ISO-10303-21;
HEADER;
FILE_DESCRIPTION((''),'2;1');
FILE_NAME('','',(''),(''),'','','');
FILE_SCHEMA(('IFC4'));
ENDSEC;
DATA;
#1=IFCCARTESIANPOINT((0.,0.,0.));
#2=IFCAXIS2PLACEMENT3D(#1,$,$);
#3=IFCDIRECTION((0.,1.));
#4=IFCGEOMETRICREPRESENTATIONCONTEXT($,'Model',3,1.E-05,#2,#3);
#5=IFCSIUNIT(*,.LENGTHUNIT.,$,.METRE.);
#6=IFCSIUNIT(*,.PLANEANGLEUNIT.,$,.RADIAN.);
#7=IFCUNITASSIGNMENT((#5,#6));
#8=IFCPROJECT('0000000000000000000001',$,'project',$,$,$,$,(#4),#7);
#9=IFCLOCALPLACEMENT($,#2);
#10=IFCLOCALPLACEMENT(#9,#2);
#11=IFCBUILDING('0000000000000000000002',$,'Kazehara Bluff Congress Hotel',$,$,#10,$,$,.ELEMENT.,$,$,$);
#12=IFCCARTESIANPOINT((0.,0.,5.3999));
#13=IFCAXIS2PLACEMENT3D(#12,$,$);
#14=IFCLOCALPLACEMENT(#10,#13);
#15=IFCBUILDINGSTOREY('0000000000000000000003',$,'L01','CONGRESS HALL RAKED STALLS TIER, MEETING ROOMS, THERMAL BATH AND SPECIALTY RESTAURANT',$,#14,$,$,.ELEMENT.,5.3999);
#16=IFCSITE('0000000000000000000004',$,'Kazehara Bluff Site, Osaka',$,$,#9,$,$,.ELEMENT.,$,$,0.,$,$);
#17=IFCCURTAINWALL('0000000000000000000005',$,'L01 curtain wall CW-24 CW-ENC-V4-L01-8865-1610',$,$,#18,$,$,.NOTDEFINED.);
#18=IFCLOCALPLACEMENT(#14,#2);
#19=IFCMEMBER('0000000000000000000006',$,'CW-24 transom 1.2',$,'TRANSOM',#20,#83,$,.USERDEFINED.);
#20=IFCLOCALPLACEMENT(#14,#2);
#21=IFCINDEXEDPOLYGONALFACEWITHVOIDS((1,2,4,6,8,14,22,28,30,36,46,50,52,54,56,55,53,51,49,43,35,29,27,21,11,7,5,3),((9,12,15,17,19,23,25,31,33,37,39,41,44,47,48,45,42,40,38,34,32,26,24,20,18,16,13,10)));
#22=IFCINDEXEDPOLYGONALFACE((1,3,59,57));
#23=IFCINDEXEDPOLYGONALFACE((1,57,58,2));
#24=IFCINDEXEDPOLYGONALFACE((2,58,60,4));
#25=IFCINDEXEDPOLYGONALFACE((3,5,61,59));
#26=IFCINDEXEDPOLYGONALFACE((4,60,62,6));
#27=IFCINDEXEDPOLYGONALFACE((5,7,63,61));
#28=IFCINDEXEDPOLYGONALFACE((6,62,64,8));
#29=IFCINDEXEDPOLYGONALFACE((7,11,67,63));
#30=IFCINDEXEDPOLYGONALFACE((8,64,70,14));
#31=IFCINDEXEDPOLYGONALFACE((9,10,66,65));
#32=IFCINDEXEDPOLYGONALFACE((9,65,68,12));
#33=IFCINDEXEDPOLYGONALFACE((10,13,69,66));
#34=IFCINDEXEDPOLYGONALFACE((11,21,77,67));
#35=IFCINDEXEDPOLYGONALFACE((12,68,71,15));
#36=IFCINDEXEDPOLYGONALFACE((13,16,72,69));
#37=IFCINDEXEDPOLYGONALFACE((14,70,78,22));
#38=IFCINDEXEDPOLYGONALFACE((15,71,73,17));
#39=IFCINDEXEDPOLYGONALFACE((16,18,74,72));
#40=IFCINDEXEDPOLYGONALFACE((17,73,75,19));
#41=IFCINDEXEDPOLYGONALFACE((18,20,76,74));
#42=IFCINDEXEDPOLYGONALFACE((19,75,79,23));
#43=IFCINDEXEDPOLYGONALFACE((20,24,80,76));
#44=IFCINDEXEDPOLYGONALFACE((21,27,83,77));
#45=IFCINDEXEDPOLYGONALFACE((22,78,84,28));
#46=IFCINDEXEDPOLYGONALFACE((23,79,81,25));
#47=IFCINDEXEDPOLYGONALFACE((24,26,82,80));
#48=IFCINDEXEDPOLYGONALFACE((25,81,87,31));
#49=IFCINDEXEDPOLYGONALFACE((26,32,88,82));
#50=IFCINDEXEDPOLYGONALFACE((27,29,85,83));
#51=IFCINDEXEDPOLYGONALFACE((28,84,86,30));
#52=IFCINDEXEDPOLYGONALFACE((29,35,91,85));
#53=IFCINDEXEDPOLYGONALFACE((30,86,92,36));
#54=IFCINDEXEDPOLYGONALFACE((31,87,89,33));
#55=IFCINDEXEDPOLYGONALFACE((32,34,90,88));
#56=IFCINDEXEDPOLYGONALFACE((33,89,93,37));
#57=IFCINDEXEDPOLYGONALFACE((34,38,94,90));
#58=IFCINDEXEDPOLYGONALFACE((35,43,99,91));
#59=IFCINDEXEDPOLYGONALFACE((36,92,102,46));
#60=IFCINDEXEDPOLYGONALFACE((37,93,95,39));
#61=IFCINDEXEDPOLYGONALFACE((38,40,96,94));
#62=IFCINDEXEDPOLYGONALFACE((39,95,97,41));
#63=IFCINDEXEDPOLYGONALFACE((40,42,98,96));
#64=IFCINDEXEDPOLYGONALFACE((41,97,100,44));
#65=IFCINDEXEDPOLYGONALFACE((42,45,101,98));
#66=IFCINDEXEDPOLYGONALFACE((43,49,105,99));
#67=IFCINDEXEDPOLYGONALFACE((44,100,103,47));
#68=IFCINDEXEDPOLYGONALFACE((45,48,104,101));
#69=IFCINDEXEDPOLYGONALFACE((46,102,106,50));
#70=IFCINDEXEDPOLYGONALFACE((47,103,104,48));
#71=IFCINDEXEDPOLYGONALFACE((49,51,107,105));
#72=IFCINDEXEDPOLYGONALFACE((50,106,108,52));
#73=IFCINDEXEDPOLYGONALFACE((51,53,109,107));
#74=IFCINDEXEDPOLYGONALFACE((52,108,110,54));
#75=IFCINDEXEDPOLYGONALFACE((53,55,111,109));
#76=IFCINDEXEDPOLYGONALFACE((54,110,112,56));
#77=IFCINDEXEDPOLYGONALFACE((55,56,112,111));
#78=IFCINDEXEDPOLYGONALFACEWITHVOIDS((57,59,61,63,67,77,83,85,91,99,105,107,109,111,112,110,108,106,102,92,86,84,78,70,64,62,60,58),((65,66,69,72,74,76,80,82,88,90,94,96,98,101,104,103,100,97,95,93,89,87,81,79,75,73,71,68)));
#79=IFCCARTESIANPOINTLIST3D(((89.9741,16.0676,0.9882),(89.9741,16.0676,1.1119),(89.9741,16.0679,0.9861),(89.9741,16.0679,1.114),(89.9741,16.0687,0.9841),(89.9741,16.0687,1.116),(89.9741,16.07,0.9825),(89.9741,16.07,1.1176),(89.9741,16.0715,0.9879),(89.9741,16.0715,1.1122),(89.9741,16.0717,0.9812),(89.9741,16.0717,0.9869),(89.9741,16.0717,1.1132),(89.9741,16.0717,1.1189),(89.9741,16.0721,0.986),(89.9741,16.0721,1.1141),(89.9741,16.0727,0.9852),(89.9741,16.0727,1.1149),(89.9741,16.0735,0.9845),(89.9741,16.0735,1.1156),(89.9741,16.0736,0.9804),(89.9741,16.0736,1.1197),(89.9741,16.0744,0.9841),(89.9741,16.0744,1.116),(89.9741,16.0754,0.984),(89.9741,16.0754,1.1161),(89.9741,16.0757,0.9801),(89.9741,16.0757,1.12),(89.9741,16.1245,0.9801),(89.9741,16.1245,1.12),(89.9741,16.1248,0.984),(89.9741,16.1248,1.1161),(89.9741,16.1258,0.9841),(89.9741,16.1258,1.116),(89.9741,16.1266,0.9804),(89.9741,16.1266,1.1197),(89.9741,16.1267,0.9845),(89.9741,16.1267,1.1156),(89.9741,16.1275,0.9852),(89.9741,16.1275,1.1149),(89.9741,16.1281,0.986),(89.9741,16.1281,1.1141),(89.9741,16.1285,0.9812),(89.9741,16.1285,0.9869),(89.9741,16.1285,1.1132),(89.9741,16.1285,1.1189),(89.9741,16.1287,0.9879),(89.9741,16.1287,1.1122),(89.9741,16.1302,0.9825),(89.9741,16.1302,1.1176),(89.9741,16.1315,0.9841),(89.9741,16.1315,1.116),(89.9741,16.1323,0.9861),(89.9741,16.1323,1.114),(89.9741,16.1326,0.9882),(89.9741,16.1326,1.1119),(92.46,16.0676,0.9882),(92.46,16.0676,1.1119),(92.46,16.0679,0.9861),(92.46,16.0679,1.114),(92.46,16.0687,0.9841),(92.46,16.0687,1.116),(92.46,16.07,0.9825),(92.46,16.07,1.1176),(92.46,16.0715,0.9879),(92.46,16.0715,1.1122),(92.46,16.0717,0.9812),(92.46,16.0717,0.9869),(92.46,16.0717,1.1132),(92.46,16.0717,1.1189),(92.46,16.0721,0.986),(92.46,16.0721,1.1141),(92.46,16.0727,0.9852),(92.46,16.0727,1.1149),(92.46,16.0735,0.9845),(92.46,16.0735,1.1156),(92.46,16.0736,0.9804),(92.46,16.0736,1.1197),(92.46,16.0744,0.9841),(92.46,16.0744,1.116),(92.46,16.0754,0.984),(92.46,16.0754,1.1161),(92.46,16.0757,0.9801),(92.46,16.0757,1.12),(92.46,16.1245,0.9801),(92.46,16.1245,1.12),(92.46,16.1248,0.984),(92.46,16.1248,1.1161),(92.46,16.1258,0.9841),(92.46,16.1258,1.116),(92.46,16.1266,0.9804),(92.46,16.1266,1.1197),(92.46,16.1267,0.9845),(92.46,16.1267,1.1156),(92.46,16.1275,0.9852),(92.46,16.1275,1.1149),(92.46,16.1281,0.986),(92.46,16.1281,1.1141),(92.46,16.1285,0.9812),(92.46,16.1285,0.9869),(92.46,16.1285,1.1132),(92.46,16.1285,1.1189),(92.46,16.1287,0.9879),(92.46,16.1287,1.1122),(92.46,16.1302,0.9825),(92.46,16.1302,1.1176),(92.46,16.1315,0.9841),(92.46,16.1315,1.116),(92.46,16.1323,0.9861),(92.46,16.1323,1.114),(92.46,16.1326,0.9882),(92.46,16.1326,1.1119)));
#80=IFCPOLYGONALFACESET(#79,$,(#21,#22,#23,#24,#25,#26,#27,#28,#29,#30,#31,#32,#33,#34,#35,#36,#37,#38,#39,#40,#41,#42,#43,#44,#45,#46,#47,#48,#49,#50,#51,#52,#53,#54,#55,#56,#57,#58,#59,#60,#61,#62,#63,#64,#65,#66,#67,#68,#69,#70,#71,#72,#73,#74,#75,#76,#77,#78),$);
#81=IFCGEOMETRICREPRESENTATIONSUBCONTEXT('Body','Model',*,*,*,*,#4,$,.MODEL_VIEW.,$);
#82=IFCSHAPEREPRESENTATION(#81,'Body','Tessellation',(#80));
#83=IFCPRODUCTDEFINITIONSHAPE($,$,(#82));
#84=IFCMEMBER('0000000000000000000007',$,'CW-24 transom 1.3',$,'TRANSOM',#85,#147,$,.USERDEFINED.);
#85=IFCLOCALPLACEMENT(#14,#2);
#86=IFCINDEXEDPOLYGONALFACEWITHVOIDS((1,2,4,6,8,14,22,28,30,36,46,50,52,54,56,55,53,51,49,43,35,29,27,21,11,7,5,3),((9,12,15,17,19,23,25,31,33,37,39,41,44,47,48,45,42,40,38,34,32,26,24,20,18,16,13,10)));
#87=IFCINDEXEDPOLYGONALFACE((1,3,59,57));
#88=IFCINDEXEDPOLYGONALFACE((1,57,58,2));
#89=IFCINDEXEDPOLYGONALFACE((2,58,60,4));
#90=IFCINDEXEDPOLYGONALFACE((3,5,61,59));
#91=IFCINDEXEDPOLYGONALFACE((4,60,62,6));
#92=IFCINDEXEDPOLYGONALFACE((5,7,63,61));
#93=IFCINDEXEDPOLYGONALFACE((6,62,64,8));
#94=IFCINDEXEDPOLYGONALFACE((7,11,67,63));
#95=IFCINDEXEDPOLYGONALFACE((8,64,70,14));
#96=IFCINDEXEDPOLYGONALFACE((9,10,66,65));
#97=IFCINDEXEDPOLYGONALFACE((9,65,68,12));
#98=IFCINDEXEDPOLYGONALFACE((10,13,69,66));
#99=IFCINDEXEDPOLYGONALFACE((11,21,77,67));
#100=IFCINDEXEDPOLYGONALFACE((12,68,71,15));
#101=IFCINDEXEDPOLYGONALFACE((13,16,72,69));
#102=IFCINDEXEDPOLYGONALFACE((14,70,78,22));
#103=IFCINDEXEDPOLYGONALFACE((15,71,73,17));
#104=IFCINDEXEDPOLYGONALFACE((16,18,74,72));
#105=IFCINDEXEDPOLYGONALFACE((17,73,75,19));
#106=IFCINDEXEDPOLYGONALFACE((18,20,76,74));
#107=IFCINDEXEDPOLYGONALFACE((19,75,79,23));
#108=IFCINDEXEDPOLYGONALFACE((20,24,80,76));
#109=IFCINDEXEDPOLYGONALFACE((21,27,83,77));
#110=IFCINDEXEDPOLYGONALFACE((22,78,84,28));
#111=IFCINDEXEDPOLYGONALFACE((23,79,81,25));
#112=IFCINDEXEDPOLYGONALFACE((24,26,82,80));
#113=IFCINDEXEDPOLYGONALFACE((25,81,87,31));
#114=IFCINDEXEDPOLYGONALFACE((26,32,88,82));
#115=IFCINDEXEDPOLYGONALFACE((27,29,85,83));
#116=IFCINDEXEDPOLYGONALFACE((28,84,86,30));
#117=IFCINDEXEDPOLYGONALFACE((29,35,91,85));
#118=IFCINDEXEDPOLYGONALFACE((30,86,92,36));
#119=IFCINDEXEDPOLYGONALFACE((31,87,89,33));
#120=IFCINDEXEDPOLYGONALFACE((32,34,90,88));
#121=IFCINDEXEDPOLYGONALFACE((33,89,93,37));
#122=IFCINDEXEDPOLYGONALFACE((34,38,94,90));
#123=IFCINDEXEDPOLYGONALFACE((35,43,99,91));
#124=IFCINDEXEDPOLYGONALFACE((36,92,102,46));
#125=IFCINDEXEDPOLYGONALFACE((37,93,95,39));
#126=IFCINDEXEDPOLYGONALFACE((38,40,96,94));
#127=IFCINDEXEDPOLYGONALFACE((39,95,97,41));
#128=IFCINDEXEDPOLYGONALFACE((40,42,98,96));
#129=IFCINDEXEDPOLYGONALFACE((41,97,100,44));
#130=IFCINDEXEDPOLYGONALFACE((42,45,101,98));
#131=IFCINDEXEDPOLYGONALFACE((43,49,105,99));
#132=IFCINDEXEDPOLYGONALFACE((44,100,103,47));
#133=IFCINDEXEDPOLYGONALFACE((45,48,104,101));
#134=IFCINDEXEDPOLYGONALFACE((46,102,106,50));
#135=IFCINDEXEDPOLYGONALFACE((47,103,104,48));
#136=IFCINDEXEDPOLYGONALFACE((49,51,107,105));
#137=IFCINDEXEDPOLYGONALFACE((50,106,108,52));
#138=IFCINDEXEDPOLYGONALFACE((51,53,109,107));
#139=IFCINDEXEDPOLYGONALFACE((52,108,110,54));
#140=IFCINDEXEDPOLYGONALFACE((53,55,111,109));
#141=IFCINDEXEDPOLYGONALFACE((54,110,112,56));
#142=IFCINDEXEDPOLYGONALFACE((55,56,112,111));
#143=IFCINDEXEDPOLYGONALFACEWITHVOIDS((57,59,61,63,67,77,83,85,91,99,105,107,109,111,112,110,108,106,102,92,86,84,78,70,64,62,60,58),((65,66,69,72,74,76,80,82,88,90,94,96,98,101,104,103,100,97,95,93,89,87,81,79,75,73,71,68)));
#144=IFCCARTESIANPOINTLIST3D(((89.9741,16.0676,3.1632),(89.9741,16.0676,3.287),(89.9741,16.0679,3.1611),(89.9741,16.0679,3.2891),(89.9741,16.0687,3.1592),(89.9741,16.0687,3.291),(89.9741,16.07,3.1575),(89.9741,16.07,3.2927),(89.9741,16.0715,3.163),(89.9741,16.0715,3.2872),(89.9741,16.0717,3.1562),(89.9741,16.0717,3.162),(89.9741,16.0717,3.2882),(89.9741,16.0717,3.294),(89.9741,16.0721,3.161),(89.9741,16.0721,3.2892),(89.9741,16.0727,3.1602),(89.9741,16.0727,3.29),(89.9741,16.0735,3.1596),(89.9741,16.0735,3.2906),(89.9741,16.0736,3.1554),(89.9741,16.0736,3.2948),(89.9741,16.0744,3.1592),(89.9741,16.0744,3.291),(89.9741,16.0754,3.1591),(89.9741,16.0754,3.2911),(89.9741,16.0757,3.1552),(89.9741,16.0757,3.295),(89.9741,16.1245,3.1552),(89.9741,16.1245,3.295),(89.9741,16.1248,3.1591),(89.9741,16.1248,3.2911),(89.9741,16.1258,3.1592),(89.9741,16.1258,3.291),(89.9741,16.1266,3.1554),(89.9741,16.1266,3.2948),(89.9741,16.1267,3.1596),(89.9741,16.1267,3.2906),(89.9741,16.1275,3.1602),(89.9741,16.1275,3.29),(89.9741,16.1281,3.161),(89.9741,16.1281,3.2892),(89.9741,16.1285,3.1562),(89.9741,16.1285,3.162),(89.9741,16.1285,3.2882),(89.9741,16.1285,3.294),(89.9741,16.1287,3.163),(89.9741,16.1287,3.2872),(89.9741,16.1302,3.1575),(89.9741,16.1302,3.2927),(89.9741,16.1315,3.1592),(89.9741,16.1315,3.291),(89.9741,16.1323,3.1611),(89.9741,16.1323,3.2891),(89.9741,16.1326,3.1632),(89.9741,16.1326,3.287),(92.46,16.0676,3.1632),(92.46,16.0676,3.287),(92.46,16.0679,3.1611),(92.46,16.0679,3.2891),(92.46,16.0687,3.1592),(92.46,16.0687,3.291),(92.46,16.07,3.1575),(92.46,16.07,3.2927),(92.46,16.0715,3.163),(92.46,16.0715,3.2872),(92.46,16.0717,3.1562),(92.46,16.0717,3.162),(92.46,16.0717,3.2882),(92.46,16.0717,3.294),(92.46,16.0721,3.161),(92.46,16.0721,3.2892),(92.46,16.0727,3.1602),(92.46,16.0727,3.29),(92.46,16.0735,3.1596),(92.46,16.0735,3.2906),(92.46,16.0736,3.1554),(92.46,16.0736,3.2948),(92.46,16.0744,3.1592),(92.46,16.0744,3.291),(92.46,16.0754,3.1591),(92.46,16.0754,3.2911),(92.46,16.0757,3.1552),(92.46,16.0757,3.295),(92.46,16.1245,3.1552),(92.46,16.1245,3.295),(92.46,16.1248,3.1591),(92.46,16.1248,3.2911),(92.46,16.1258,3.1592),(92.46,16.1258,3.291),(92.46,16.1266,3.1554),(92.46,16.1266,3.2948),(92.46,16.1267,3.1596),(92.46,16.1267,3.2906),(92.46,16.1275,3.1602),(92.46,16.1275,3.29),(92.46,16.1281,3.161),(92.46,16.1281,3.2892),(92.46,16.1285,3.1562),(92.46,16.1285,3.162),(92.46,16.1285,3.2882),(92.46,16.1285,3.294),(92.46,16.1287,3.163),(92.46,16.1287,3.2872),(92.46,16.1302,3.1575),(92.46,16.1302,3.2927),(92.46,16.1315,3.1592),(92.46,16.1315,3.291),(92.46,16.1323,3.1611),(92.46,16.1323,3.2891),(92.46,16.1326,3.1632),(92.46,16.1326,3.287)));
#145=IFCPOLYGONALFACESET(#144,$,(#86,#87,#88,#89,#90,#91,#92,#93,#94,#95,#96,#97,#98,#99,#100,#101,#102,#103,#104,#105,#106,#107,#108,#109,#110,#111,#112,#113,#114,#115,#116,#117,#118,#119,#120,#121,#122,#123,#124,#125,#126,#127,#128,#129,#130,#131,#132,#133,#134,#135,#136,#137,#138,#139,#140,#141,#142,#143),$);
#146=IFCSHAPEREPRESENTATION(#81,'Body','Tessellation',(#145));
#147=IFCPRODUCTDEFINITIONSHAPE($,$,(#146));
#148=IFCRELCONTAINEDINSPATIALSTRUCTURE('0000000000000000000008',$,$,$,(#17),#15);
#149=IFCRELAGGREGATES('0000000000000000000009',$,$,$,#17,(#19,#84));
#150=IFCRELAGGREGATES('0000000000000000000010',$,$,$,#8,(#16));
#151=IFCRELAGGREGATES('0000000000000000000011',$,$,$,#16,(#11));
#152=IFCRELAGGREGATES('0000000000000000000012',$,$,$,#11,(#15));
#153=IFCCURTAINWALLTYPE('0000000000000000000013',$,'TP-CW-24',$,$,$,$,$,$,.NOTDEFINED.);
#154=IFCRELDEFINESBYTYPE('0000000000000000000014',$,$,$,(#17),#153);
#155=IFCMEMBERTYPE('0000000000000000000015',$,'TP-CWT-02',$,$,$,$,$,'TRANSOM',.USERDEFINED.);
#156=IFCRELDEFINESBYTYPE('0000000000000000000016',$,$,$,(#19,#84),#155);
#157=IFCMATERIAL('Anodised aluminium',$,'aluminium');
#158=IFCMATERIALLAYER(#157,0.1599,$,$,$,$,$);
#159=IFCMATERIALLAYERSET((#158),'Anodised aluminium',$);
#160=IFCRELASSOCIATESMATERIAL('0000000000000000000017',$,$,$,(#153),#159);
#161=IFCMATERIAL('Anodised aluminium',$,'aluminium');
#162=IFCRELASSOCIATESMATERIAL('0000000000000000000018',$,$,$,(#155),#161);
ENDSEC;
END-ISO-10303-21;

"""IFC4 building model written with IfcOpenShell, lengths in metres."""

from ifc_helpers import new_model, si_unit, direction, frame, origin, origin_2d, place, context, subcontext, project, spatial, hollow_rectangle, extrude, material, layer, layer_set, material_profile, profile_set, type_object, element, aggregate, save


model = new_model("IFC4")

# Units and contexts
model_context = context("Model", 3, precision=1e-05, world=origin(), true_north=direction((0.0, 1.0)))
body_context = subcontext(model_context, "Body", "Model", "MODEL_VIEW")
ifc_project = project(units=[si_unit("LENGTHUNIT", "METRE"), si_unit("PLANEANGLEUNIT", "RADIAN")], contexts=[model_context])

# Site, building, storey
site_placement = place(None, origin())
site = spatial("IfcSite", under=ifc_project, at=site_placement, Name="Kazehara Bluff Site, Osaka", CompositionType="ELEMENT", RefElevation=0.0)
building_placement = place(site_placement, origin())
building = spatial("IfcBuilding", under=site, at=building_placement, Name="Kazehara Bluff Congress Hotel", CompositionType="ELEMENT")
storey_placement = place(building_placement, frame((0.0, 0.0, 5.3999)))
storey = spatial("IfcBuildingStorey", under=building, at=storey_placement, Name="L01", Description="CONGRESS HALL RAKED STALLS TIER, MEETING ROOMS, THERMAL BATH AND SPECIALTY RESTAURANT", CompositionType="ELEMENT", Elevation=5.3999)

# Curtain wall
ifc_material_1 = material(Name="Anodised aluminium", Category="aluminium")
ifc_layer_1 = layer(ifc_material_1, 0.1599)
ifc_layer_set_1 = layer_set([ifc_layer_1], Name="Anodised aluminium")
curtain_wall_type = type_object("IfcCurtainWallType", Name="TP-CW-24", PredefinedType="NOTDEFINED", material=ifc_layer_set_1)
curtain_wall_1_placement = place(storey_placement, origin())
curtain_wall_1 = element("IfcCurtainWall", 1, at=curtain_wall_1_placement, inside=storey, type_object=curtain_wall_type, Name="L01 curtain wall CW-24 CW-ENC-V4-L01-8865-1610", PredefinedType="NOTDEFINED")

# Members
ifc_material_2 = material(Name="Anodised aluminium", Category="aluminium")
ifc_material_profile_1 = material_profile(ifc_material_2, hollow_rectangle(XDim=0.0649, YDim=0.1399, WallThickness=0.0039, InnerFilletRadius=0.0039, OuterFilletRadius=0.0081, at=origin_2d()))
ifc_profile_set_1 = profile_set([ifc_material_profile_1], Name="Anodised aluminium")
member_type_1 = type_object("IfcMemberType", Name="TP-CWT-02", ElementType="TRANSOM", PredefinedType="USERDEFINED", material=ifc_profile_set_1)
member_1_placement = place(storey_placement, frame((92.46, 16.1001, 1.05), z_axis=(-1.0, 0.0, 0.0), x_axis=(0.0, -1.0, 0.0)))
member_1 = element("IfcMember", 2, at=member_1_placement, type_object=member_type_1, Name="CW-24 transom 1.2", ObjectType="TRANSOM", PredefinedType="USERDEFINED", context=body_context, shape_type="SweptSolid", body=[
    extrude(hollow_rectangle(XDim=0.0649, YDim=0.1399, WallThickness=0.0039, InnerFilletRadius=0.0039, OuterFilletRadius=0.0081, at=origin_2d()), origin(), (0.0, 0.0, 1.0), 2.4858),
])
member_2_placement = place(storey_placement, frame((92.46, 16.1001, 3.2251), z_axis=(-1.0, 0.0, 0.0), x_axis=(0.0, -1.0, 0.0)))
member_2 = element("IfcMember", 3, at=member_2_placement, type_object=member_type_1, Name="CW-24 transom 1.3", ObjectType="TRANSOM", PredefinedType="USERDEFINED", context=body_context, shape_type="SweptSolid", body=[
    extrude(hollow_rectangle(XDim=0.0649, YDim=0.1399, WallThickness=0.0039, InnerFilletRadius=0.0039, OuterFilletRadius=0.0081, at=origin_2d()), origin(), (0.0, 0.0, 1.0), 2.4858),
])

aggregate(curtain_wall_1, [member_1, member_2])

save(model, "model.ifc")
